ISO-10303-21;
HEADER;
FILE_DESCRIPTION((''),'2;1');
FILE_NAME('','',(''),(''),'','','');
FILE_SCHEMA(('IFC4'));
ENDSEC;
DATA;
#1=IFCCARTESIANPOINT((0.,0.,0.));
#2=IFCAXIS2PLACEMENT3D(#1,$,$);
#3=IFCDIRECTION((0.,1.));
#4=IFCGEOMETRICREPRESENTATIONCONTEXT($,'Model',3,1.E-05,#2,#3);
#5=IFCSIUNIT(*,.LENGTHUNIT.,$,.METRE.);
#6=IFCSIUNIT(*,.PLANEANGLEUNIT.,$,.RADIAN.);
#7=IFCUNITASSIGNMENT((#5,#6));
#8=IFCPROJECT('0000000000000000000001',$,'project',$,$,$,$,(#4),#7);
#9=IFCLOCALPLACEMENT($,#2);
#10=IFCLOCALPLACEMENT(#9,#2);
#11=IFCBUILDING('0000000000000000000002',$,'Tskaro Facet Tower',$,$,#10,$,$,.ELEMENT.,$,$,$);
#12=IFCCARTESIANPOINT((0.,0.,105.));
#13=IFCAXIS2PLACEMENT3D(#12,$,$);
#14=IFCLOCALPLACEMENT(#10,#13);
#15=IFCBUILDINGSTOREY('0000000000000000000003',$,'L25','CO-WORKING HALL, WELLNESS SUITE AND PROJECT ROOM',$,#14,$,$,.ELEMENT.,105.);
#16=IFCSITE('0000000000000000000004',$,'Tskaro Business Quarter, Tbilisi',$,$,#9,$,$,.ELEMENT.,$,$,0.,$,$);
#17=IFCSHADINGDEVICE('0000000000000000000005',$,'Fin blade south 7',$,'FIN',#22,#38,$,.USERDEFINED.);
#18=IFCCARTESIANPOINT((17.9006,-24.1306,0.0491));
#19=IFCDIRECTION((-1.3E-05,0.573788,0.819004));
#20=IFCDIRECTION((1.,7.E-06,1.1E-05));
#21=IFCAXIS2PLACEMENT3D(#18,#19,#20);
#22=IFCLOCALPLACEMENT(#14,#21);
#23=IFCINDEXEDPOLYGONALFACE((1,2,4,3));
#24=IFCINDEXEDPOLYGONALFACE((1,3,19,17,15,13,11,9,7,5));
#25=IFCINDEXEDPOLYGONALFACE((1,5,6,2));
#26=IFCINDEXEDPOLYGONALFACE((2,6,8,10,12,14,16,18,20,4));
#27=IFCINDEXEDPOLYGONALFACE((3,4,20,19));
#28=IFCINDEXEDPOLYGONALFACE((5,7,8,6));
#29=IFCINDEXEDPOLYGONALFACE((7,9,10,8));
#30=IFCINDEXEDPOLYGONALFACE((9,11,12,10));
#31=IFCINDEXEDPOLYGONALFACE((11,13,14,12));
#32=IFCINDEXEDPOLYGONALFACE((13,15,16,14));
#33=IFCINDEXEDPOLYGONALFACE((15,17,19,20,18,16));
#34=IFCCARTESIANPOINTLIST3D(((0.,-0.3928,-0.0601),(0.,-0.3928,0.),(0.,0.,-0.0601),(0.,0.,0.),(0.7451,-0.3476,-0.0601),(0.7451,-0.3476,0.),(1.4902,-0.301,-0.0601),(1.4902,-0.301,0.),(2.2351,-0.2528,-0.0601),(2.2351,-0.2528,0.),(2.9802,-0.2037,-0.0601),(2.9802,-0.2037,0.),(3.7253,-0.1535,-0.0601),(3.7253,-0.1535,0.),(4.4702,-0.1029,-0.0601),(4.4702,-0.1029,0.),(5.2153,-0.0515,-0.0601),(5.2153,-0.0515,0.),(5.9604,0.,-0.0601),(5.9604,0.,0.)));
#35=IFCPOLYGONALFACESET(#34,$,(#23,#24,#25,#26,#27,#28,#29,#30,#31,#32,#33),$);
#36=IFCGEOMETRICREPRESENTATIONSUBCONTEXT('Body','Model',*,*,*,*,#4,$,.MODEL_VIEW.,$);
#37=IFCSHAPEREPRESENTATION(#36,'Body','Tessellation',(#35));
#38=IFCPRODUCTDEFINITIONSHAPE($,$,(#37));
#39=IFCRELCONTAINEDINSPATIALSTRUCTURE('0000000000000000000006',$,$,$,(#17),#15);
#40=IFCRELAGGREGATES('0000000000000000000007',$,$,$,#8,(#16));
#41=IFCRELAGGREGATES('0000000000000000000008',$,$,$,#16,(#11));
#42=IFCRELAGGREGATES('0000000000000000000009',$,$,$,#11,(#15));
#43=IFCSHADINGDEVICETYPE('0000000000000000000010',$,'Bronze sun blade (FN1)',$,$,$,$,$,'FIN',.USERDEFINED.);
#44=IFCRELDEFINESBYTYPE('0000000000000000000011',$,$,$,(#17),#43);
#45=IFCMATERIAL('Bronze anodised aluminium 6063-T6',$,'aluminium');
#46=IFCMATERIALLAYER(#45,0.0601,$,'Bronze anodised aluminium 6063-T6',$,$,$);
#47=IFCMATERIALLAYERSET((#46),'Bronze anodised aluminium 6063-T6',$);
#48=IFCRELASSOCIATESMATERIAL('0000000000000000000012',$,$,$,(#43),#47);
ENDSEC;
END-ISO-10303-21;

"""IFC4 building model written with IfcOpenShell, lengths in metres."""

from ifc_helpers import new_model, si_unit, direction, frame, origin, place, context, subcontext, project, spatial, polyline, outline, extrude, material, layer, layer_set, type_object, element, save


model = new_model("IFC4")

# Units and contexts
model_context = context("Model", 3, precision=1e-05, world=origin(), true_north=direction((0.0, 1.0)))
body_context = subcontext(model_context, "Body", "Model", "MODEL_VIEW")
ifc_project = project(units=[si_unit("LENGTHUNIT", "METRE"), si_unit("PLANEANGLEUNIT", "RADIAN")], contexts=[model_context])

# Site, building, storey
site_placement = place(None, origin())
site = spatial("IfcSite", under=ifc_project, at=site_placement, Name="Tskaro Business Quarter, Tbilisi", CompositionType="ELEMENT", RefElevation=0.0)
building_placement = place(site_placement, origin())
building = spatial("IfcBuilding", under=site, at=building_placement, Name="Tskaro Facet Tower", CompositionType="ELEMENT")
storey_placement = place(building_placement, frame((0.0, 0.0, 105.0)))
storey = spatial("IfcBuildingStorey", under=building, at=storey_placement, Name="L25", Description="CO-WORKING HALL, WELLNESS SUITE AND PROJECT ROOM", CompositionType="ELEMENT", Elevation=105.0)

# Shared definitions
ifc_material_1 = material(Name="Bronze anodised aluminium 6063-T6", Category="aluminium")

# Shading device
ifc_layer_1 = layer(ifc_material_1, 0.0601, Name="Bronze anodised aluminium 6063-T6")
ifc_layer_set_1 = layer_set([ifc_layer_1], Name="Bronze anodised aluminium 6063-T6")
shading_device_type = type_object("IfcShadingDeviceType", Name="Bronze sun blade (FN1)", ElementType="FIN", PredefinedType="USERDEFINED", material=ifc_layer_set_1)
shading_device_1_placement = place(storey_placement, frame((17.9006, -24.1306, 0.0491), z_axis=(-0.000013, 0.573788, 0.819004), x_axis=(1.0, 0.000007, 0.000011)))
element("IfcShadingDevice", 1, at=shading_device_1_placement, inside=storey, type_object=shading_device_type, Name="Fin blade south 7", ObjectType="FIN", PredefinedType="USERDEFINED", context=body_context, shape_type="SweptSolid", body=[
    extrude(outline(polyline([(0.0, 0.0), (5.9604, 0.0), (5.2153, -0.0515), (4.4702, -0.1029), (3.7253, -0.1535), (2.9802, -0.2037), (2.2351, -0.2528), (1.4902, -0.301), (0.7451, -0.3476), (0.0, -0.3928), (0.0, 0.0)])), origin(), (0.0, 0.0, -1.0), 0.0601),
])

save(model, "model.ifc")
